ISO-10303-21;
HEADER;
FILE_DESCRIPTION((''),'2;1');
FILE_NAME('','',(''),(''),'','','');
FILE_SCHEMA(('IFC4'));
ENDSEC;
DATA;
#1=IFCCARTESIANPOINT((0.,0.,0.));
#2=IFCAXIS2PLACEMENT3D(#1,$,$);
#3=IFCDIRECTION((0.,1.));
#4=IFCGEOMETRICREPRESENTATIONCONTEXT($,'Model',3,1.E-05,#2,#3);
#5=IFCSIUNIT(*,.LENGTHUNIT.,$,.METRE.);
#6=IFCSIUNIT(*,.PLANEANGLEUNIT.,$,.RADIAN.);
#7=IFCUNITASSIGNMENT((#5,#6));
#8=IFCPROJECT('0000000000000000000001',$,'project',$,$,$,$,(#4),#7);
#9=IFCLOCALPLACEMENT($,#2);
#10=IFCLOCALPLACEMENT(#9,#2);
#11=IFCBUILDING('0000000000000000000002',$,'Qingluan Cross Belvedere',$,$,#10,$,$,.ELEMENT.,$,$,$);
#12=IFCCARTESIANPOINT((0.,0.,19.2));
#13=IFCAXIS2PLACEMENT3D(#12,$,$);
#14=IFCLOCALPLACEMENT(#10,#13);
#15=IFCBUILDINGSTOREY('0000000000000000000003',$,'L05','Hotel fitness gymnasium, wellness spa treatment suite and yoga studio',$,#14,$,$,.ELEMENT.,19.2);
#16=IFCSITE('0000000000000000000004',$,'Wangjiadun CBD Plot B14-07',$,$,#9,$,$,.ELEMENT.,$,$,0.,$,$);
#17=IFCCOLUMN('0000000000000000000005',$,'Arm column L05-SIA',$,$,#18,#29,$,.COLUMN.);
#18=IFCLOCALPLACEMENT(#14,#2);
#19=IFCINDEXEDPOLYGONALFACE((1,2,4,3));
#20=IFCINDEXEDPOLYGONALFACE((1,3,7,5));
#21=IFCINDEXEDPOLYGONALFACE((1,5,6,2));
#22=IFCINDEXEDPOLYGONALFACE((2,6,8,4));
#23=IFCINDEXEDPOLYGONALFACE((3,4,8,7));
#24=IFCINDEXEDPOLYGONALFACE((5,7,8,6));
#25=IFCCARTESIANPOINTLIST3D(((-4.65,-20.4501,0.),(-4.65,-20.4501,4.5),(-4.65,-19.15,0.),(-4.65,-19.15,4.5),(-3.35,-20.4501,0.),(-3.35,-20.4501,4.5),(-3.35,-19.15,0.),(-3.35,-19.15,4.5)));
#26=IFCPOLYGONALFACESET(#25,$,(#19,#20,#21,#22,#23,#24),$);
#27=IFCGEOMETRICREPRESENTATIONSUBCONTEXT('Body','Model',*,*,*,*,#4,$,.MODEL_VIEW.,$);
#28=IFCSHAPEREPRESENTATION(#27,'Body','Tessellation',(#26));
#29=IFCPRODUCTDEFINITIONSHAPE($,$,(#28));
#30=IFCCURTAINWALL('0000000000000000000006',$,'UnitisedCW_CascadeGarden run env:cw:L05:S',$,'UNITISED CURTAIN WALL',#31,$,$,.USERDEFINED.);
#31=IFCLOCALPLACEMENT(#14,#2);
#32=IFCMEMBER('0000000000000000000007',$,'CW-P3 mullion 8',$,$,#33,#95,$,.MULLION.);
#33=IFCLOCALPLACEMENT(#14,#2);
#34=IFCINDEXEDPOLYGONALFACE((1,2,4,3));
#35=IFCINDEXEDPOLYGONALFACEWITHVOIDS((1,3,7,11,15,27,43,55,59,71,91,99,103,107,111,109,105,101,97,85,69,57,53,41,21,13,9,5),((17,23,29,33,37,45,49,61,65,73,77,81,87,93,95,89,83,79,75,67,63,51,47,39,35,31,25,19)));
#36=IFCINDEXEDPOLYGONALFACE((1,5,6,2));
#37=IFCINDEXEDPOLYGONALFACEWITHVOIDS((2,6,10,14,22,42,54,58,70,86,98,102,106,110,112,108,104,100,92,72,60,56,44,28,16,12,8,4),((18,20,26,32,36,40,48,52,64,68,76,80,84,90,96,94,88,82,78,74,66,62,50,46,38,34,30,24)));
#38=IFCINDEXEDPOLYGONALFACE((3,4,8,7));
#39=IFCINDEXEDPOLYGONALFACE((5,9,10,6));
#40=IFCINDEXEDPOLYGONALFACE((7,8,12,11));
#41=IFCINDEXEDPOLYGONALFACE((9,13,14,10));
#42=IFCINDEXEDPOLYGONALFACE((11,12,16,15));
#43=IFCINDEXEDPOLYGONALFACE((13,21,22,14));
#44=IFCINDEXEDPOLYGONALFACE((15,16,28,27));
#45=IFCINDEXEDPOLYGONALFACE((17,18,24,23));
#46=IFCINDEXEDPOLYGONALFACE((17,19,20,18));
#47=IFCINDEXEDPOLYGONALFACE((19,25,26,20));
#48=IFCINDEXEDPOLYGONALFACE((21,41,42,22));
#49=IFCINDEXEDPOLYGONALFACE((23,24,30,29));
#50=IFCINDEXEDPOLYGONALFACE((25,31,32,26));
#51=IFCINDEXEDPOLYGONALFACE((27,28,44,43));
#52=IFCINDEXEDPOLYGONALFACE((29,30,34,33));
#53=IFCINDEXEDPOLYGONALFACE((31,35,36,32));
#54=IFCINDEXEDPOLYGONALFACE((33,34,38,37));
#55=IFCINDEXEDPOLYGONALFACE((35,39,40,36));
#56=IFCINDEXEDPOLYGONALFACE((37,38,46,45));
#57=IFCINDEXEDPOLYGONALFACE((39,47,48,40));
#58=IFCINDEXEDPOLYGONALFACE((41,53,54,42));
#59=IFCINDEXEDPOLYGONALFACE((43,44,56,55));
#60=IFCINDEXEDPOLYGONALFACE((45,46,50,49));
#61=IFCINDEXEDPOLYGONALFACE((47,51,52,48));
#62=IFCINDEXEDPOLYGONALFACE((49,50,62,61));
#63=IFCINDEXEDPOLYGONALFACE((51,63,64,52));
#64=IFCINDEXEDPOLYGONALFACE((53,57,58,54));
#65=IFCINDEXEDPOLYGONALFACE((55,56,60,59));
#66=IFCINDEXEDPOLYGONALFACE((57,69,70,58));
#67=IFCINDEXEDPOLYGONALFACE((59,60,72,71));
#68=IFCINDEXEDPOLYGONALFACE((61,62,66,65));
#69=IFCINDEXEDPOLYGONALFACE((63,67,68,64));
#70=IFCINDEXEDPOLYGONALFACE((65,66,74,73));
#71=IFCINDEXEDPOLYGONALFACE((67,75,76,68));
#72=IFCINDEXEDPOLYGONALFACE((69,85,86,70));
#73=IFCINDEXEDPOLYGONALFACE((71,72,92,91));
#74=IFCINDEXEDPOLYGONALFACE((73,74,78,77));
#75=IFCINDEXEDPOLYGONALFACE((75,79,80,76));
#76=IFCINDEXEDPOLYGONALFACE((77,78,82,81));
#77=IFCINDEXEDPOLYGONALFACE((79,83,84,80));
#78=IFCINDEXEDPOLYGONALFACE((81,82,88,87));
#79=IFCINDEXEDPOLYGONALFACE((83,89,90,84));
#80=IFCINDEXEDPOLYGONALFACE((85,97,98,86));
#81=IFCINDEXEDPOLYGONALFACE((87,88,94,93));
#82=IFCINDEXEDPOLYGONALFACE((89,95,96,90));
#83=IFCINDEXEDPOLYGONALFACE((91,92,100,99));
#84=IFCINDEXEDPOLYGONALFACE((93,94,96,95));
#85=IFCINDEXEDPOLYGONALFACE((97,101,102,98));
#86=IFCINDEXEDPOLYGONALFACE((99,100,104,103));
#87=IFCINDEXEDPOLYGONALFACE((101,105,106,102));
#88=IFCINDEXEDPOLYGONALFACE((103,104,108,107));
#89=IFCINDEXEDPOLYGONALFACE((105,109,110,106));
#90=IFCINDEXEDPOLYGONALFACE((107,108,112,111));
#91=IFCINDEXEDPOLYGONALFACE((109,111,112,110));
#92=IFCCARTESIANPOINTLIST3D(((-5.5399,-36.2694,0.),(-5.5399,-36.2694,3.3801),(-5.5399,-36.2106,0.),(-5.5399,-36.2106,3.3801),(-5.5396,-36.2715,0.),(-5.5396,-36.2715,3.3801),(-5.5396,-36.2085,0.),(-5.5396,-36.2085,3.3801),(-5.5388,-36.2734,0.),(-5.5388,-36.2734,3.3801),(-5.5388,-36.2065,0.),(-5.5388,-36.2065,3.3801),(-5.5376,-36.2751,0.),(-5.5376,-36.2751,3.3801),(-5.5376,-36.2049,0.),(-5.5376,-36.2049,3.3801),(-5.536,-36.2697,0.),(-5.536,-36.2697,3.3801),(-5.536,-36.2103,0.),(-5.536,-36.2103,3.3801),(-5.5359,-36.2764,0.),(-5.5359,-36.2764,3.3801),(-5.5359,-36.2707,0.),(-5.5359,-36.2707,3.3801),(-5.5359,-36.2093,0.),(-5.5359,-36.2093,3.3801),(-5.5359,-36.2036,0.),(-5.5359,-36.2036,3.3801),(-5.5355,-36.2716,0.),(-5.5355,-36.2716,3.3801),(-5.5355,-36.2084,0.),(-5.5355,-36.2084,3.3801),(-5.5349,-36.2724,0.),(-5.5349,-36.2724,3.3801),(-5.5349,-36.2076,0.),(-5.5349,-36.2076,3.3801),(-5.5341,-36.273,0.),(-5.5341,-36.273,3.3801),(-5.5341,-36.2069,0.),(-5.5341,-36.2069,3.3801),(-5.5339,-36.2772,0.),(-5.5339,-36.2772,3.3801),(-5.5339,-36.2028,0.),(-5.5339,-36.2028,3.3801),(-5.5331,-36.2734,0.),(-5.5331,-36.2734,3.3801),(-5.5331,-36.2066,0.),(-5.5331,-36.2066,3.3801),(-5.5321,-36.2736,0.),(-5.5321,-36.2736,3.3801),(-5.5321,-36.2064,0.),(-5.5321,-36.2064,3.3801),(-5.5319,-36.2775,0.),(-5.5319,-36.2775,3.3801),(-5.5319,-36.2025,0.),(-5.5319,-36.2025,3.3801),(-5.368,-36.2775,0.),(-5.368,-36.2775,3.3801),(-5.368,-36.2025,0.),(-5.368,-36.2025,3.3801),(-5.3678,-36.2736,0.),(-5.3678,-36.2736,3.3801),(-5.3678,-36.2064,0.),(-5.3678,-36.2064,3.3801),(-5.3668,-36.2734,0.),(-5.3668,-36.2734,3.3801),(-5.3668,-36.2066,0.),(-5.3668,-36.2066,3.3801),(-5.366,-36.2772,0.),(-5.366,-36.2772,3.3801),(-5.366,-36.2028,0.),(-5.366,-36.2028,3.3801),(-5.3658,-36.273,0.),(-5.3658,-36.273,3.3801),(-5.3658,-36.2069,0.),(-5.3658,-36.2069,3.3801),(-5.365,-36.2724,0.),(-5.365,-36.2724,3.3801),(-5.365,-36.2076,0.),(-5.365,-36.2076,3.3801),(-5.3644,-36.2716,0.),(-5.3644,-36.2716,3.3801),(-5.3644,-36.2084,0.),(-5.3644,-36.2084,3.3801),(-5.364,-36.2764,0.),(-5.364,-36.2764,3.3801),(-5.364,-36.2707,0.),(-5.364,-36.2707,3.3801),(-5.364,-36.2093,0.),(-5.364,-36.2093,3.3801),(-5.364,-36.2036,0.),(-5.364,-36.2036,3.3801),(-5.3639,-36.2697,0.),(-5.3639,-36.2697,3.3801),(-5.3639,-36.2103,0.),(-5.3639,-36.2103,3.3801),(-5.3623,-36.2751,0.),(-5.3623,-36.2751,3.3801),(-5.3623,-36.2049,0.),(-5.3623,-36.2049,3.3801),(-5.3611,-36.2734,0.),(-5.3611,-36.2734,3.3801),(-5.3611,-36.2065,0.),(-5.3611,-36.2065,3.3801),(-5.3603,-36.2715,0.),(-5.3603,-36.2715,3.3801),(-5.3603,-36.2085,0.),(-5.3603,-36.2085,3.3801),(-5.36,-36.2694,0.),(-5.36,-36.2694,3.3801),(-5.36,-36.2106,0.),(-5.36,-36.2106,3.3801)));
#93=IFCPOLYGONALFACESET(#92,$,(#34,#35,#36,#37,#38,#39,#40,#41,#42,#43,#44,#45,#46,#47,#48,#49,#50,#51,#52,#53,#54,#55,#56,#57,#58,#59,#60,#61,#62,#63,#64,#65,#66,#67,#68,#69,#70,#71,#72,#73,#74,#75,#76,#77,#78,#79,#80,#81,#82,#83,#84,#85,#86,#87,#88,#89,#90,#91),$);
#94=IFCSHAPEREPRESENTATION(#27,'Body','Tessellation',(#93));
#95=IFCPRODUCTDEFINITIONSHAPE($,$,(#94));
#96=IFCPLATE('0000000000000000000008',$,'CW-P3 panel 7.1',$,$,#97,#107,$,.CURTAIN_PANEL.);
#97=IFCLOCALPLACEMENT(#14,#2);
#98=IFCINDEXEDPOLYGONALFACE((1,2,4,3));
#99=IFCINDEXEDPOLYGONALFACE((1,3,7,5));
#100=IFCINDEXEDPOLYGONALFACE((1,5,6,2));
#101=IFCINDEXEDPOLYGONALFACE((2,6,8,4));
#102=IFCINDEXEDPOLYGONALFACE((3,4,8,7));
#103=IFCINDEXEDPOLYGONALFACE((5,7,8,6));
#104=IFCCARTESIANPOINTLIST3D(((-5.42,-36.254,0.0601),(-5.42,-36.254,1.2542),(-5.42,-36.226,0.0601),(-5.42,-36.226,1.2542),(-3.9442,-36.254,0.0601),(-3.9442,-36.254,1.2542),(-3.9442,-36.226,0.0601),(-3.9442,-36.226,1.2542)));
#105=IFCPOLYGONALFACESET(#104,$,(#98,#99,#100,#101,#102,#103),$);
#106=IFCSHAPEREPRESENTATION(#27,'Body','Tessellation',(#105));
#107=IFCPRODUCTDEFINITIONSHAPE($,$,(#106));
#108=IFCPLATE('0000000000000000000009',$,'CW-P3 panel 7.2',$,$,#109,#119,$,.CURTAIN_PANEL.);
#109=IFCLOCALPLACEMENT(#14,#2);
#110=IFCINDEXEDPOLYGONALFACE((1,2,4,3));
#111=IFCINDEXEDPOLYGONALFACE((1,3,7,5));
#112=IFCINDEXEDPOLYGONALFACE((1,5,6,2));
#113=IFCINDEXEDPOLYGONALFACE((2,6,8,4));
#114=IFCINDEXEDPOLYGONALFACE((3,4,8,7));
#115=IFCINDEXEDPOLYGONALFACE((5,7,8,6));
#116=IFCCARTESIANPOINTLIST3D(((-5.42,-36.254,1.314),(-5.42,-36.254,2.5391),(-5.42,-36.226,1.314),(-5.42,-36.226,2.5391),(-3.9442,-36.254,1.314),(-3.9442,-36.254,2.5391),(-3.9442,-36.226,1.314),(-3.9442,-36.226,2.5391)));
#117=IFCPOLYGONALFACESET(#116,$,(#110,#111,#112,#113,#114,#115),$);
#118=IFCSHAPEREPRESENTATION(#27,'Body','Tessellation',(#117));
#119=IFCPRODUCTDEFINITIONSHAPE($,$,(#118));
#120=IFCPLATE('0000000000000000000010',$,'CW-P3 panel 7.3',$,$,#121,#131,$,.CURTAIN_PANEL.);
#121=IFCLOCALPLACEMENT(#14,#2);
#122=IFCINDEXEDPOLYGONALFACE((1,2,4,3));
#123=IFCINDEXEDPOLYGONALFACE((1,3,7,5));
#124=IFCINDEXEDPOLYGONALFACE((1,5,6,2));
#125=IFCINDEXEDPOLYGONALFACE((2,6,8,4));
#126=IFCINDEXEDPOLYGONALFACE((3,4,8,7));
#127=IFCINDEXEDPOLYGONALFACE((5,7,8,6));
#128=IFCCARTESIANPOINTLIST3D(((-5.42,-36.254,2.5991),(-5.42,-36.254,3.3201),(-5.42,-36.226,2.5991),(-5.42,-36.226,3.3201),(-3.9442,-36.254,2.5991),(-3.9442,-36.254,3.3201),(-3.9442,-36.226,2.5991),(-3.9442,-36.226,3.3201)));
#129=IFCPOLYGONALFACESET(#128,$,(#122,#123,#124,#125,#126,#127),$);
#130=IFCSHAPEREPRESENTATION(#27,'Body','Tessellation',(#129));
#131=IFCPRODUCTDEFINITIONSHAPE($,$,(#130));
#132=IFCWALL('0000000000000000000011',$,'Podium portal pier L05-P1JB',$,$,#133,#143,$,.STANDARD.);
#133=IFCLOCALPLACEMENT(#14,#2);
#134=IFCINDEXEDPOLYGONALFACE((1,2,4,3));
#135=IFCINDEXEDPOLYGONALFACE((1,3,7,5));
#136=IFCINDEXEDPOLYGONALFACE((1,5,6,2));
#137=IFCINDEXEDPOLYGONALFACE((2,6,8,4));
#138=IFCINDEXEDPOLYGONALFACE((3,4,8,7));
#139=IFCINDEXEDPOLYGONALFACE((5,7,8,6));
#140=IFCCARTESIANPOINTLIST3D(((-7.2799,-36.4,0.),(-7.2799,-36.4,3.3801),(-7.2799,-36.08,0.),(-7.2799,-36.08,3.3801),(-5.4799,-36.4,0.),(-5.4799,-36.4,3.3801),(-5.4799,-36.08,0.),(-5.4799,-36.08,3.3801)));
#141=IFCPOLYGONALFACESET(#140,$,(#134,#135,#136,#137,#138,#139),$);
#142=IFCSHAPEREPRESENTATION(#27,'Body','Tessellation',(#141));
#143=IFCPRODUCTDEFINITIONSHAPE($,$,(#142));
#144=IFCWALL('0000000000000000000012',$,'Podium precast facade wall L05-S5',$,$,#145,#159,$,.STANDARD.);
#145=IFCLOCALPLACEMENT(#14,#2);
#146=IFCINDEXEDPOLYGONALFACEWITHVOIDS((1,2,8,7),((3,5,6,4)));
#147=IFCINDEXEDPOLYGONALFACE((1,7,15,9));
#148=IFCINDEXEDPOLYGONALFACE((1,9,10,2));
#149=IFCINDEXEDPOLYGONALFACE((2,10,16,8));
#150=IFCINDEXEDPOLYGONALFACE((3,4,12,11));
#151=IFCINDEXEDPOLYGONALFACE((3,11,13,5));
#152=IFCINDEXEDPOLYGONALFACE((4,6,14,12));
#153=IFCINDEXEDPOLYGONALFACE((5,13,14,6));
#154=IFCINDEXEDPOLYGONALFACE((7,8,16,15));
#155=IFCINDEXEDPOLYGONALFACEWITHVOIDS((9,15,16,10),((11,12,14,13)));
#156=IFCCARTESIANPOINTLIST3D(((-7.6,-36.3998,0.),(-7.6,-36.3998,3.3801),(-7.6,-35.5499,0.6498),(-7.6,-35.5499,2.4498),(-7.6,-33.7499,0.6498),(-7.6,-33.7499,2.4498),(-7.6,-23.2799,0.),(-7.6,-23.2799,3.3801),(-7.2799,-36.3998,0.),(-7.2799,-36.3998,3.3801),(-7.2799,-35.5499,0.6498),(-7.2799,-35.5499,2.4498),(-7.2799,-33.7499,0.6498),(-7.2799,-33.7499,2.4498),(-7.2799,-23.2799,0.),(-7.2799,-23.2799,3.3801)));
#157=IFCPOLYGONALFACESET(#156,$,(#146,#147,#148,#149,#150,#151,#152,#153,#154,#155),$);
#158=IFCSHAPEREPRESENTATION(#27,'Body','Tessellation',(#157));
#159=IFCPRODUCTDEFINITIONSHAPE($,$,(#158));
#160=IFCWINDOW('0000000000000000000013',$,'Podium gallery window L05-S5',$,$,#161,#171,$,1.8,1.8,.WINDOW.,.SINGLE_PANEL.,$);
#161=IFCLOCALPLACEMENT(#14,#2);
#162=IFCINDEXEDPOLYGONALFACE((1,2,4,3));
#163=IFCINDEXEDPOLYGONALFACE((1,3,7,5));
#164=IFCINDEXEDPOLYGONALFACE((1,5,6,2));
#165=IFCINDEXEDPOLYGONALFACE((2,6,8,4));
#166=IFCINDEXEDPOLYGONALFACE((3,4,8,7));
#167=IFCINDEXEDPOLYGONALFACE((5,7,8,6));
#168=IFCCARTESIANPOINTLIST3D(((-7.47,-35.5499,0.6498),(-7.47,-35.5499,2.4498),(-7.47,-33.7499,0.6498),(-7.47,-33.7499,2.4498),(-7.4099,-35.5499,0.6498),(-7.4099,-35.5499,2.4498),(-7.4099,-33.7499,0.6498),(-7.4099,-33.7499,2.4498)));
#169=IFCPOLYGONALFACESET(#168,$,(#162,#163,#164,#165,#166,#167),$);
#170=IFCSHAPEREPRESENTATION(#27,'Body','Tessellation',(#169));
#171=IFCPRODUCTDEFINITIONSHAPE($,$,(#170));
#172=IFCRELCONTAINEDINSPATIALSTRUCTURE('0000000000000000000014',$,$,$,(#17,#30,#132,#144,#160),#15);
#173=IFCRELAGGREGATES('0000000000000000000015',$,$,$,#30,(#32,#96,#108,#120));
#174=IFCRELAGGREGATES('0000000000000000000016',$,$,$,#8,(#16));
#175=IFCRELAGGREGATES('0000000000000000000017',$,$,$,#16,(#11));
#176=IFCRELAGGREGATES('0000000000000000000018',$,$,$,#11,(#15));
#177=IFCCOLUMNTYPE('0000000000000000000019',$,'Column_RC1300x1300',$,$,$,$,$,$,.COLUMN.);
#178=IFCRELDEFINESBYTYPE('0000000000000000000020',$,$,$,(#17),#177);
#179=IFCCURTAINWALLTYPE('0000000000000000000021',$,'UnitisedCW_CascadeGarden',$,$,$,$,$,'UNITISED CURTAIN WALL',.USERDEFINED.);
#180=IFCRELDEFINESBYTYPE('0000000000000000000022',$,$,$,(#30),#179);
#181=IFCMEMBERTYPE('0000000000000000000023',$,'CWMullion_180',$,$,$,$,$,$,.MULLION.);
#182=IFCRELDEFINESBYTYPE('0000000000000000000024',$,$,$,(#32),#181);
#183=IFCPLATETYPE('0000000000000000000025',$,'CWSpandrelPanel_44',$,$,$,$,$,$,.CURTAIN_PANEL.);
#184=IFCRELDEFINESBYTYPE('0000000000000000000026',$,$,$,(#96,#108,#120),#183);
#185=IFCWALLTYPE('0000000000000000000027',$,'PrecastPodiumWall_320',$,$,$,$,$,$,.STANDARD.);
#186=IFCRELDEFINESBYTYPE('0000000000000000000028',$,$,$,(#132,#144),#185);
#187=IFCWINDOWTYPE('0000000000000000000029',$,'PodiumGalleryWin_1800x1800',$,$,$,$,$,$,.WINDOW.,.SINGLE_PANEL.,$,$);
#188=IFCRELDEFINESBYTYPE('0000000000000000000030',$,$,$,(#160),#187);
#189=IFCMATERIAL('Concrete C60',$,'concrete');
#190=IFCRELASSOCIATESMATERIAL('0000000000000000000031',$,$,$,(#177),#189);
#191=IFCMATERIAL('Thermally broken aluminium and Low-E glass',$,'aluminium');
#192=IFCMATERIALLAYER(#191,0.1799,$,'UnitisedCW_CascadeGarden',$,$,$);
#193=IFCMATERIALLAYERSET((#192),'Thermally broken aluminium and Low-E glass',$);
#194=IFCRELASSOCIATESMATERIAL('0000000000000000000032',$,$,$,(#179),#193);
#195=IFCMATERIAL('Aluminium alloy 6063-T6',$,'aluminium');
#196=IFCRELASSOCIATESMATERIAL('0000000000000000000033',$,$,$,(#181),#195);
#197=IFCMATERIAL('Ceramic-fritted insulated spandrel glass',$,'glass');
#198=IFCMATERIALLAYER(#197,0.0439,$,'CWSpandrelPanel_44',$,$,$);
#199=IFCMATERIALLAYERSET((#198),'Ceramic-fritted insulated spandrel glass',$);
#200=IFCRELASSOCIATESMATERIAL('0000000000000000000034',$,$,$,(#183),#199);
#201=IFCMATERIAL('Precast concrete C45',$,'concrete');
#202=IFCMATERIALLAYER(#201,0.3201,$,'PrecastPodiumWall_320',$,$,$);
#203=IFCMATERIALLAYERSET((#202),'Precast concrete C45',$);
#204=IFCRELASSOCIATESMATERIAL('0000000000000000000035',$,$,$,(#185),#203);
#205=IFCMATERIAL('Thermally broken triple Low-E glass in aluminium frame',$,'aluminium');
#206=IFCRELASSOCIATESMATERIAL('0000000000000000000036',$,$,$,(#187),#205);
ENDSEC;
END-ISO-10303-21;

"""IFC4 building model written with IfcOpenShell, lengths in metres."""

from ifc_helpers import new_model, si_unit, direction, frame, frame_2d, origin, origin_2d, place, context, subcontext, project, spatial, rectangle, hollow_rectangle, extrude, material, layer, layer_set, material_profile, profile_set, type_object, element, fill, aggregate, save


model = new_model("IFC4")

# Units and contexts
model_context = context("Model", 3, precision=1e-05, world=origin(), true_north=direction((0.0, 1.0)))
body_context = subcontext(model_context, "Body", "Model", "MODEL_VIEW")
ifc_project = project(units=[si_unit("LENGTHUNIT", "METRE"), si_unit("PLANEANGLEUNIT", "RADIAN")], contexts=[model_context])

# Site, building, storey
site_placement = place(None, origin())
site = spatial("IfcSite", under=ifc_project, at=site_placement, Name="Wangjiadun CBD Plot B14-07", CompositionType="ELEMENT", RefElevation=0.0)
building_placement = place(site_placement, origin())
building = spatial("IfcBuilding", under=site, at=building_placement, Name="Qingluan Cross Belvedere", CompositionType="ELEMENT")
storey_placement = place(building_placement, frame((0.0, 0.0, 19.2)))
storey = spatial("IfcBuildingStorey", under=building, at=storey_placement, Name="L05", Description="Hotel fitness gymnasium, wellness spa treatment suite and yoga studio", CompositionType="ELEMENT", Elevation=19.2)

# Column
ifc_material_1 = material(Name="Concrete C60", Category="concrete")
ifc_material_profile_1 = material_profile(ifc_material_1, rectangle(XDim=1.3, YDim=1.3, at=origin_2d()), Name="RC1300x1300")
ifc_profile_set_1 = profile_set([ifc_material_profile_1], Name="Concrete C60")
column_type = type_object("IfcColumnType", Name="Column_RC1300x1300", PredefinedType="COLUMN", material=ifc_profile_set_1)
column_placement = place(storey_placement, frame((-4.0, -19.8, 0.0), z_axis=(0.0, 0.0, 1.0), x_axis=(1.0, 0.0, 0.0)))
element("IfcColumn", 1, at=column_placement, inside=storey, type_object=column_type, Name="Arm column L05-SIA", PredefinedType="COLUMN", context=body_context, shape_type="SweptSolid", body=[
    extrude(rectangle(XDim=1.3, YDim=1.3, at=origin_2d()), origin(), (0.0, 0.0, 1.0), 4.5),
])

# Curtain wall, member, plates
ifc_material_2 = material(Name="Thermally broken aluminium and Low-E glass", Category="aluminium")
ifc_layer_1 = layer(ifc_material_2, 0.1799, Name="UnitisedCW_CascadeGarden")
ifc_layer_set_1 = layer_set([ifc_layer_1], Name="Thermally broken aluminium and Low-E glass")
curtain_wall_type = type_object("IfcCurtainWallType", Name="UnitisedCW_CascadeGarden", ElementType="UNITISED CURTAIN WALL", PredefinedType="USERDEFINED", material=ifc_layer_set_1)
curtain_wall_placement = place(storey_placement, origin())
curtain_wall = element("IfcCurtainWall", 2, at=curtain_wall_placement, inside=storey, type_object=curtain_wall_type, Name="UnitisedCW_CascadeGarden run env:cw:L05:S", ObjectType="UNITISED CURTAIN WALL", PredefinedType="USERDEFINED")
ifc_material_3 = material(Name="Aluminium alloy 6063-T6", Category="aluminium")
ifc_material_profile_2 = material_profile(ifc_material_3, hollow_rectangle(XDim=0.075, YDim=0.1799, WallThickness=0.0039, InnerFilletRadius=0.0039, OuterFilletRadius=0.0081, at=origin_2d()), Name="CWM180x75x4")
ifc_profile_set_2 = profile_set([ifc_material_profile_2], Name="Aluminium alloy 6063-T6")
member_type = type_object("IfcMemberType", Name="CWMullion_180", PredefinedType="MULLION", material=ifc_profile_set_2)
member_placement = place(storey_placement, frame((-5.45, -36.24, 0.0), z_axis=(0.0, 0.0, 1.0), x_axis=(0.0, -1.0, 0.0)))
member = element("IfcMember", 3, at=member_placement, type_object=member_type, Name="CW-P3 mullion 8", PredefinedType="MULLION", context=body_context, shape_type="SweptSolid", body=[
    extrude(hollow_rectangle(XDim=0.075, YDim=0.1799, WallThickness=0.0039, InnerFilletRadius=0.0039, OuterFilletRadius=0.0081, at=origin_2d()), origin(), (0.0, 0.0, 1.0), 3.3801),
])
ifc_material_4 = material(Name="Ceramic-fritted insulated spandrel glass", Category="glass")
ifc_layer_2 = layer(ifc_material_4, 0.0439, Name="CWSpandrelPanel_44")
ifc_layer_set_2 = layer_set([ifc_layer_2], Name="Ceramic-fritted insulated spandrel glass")
plate_type = type_object("IfcPlateType", Name="CWSpandrelPanel_44", PredefinedType="CURTAIN_PANEL", material=ifc_layer_set_2)
plate_1_placement = place(storey_placement, frame((-4.6821, -36.24, 0.0601), z_axis=(0.0, 0.0, 1.0), x_axis=(-1.0, 0.0, 0.0)))
plate_1 = element("IfcPlate", 4, at=plate_1_placement, type_object=plate_type, Name="CW-P3 panel 7.1", PredefinedType="CURTAIN_PANEL", context=body_context, shape_type="SweptSolid", body=[
    extrude(rectangle(XDim=1.4758, YDim=0.0281, at=origin_2d()), origin(), (0.0, 0.0, 1.0), 1.1941),
])
plate_2_placement = place(storey_placement, frame((-4.6821, -36.24, 1.314), z_axis=(0.0, 0.0, 1.0), x_axis=(-1.0, 0.0, 0.0)))
plate_2 = element("IfcPlate", 5, at=plate_2_placement, type_object=plate_type, Name="CW-P3 panel 7.2", PredefinedType="CURTAIN_PANEL", context=body_context, shape_type="SweptSolid", body=[
    extrude(rectangle(XDim=1.4758, YDim=0.0281, at=origin_2d()), origin(), (0.0, 0.0, 1.0), 1.2251),
])
plate_3_placement = place(storey_placement, frame((-4.6821, -36.24, 2.5991), z_axis=(0.0, 0.0, 1.0), x_axis=(-1.0, 0.0, 0.0)))
plate_3 = element("IfcPlate", 6, at=plate_3_placement, type_object=plate_type, Name="CW-P3 panel 7.3", PredefinedType="CURTAIN_PANEL", context=body_context, shape_type="SweptSolid", body=[
    extrude(rectangle(XDim=1.4758, YDim=0.0281, at=origin_2d()), origin(), (0.0, 0.0, 1.0), 0.7209),
])
aggregate(curtain_wall, [member, plate_1, plate_2, plate_3])

# Wall
ifc_material_5 = material(Name="Precast concrete C45", Category="concrete")
ifc_layer_3 = layer(ifc_material_5, 0.3201, Name="PrecastPodiumWall_320")
ifc_layer_set_3 = layer_set([ifc_layer_3], Name="Precast concrete C45")
wall_type = type_object("IfcWallType", Name="PrecastPodiumWall_320", PredefinedType="STANDARD", material=ifc_layer_set_3)
wall_1_placement = place(storey_placement, frame((-5.48, -36.24, 0.0), z_axis=(0.0, 0.0, 1.0), x_axis=(-1.0, 0.0, 0.0)))
element("IfcWall", 7, at=wall_1_placement, inside=storey, type_object=wall_type, Name="Podium portal pier L05-P1JB", PredefinedType="STANDARD", context=body_context, shape_type="SweptSolid", body=[
    extrude(rectangle(XDim=1.8, YDim=0.3201, at=frame_2d((0.8999, 0.0))), origin(), (0.0, 0.0, 1.0), 3.3801),
])

# Wall, opening, window
wall_2_placement = place(storey_placement, frame((-7.4399, -36.3999, 0.0), z_axis=(0.0, 0.0, 1.0), x_axis=(0.0, 1.0, 0.0)))
wall_2 = element("IfcWall", 8, at=wall_2_placement, inside=storey, type_object=wall_type, Name="Podium precast facade wall L05-S5", PredefinedType="STANDARD", context=body_context, shape_type="SweptSolid", body=[
    extrude(rectangle(XDim=13.1199, YDim=0.3201, at=frame_2d((6.5601, 0.0))), origin(), (0.0, 0.0, 1.0), 3.3801),
])
opening_1_placement = place(wall_2_placement, frame((0.8501, 0.0, 0.6499)))
opening_1 = element("IfcOpeningElement", 9, at=opening_1_placement, cuts=wall_2, PredefinedType="OPENING", context=body_context, shape_type="SweptSolid", body=[
    extrude(rectangle(XDim=1.8, YDim=1.8, at=frame_2d((0.8999, 0.8999))), frame((0.0, 0.1699, 0.0), z_axis=(0.0, -1.0, 0.0), x_axis=(1.0, 0.0, 0.0)), (0.0, 0.0, 1.0), 0.3401),
])
ifc_material_6 = material(Name="Thermally broken triple Low-E glass in aluminium frame", Category="aluminium")
window_type = type_object("IfcWindowType", Name="PodiumGalleryWin_1800x1800", PartitioningType="SINGLE_PANEL", PredefinedType="WINDOW", material=ifc_material_6)
window_1_placement = place(opening_1_placement, origin())
window_1 = element("IfcWindow", 10, at=window_1_placement, inside=storey, type_object=window_type, Name="Podium gallery window L05-S5", OverallHeight=1.8, OverallWidth=1.8, PartitioningType="SINGLE_PANEL", PredefinedType="WINDOW", context=body_context, shape_type="SweptSolid", body=[
    extrude(rectangle(XDim=1.8, YDim=1.8, at=frame_2d((0.8999, 0.8999))), frame((0.0, 0.03, 0.0), z_axis=(0.0, -1.0, 0.0), x_axis=(1.0, 0.0, 0.0)), (0.0, 0.0, 1.0), 0.0601),
])
fill(opening_1, window_1)

save(model, "model.ifc")
